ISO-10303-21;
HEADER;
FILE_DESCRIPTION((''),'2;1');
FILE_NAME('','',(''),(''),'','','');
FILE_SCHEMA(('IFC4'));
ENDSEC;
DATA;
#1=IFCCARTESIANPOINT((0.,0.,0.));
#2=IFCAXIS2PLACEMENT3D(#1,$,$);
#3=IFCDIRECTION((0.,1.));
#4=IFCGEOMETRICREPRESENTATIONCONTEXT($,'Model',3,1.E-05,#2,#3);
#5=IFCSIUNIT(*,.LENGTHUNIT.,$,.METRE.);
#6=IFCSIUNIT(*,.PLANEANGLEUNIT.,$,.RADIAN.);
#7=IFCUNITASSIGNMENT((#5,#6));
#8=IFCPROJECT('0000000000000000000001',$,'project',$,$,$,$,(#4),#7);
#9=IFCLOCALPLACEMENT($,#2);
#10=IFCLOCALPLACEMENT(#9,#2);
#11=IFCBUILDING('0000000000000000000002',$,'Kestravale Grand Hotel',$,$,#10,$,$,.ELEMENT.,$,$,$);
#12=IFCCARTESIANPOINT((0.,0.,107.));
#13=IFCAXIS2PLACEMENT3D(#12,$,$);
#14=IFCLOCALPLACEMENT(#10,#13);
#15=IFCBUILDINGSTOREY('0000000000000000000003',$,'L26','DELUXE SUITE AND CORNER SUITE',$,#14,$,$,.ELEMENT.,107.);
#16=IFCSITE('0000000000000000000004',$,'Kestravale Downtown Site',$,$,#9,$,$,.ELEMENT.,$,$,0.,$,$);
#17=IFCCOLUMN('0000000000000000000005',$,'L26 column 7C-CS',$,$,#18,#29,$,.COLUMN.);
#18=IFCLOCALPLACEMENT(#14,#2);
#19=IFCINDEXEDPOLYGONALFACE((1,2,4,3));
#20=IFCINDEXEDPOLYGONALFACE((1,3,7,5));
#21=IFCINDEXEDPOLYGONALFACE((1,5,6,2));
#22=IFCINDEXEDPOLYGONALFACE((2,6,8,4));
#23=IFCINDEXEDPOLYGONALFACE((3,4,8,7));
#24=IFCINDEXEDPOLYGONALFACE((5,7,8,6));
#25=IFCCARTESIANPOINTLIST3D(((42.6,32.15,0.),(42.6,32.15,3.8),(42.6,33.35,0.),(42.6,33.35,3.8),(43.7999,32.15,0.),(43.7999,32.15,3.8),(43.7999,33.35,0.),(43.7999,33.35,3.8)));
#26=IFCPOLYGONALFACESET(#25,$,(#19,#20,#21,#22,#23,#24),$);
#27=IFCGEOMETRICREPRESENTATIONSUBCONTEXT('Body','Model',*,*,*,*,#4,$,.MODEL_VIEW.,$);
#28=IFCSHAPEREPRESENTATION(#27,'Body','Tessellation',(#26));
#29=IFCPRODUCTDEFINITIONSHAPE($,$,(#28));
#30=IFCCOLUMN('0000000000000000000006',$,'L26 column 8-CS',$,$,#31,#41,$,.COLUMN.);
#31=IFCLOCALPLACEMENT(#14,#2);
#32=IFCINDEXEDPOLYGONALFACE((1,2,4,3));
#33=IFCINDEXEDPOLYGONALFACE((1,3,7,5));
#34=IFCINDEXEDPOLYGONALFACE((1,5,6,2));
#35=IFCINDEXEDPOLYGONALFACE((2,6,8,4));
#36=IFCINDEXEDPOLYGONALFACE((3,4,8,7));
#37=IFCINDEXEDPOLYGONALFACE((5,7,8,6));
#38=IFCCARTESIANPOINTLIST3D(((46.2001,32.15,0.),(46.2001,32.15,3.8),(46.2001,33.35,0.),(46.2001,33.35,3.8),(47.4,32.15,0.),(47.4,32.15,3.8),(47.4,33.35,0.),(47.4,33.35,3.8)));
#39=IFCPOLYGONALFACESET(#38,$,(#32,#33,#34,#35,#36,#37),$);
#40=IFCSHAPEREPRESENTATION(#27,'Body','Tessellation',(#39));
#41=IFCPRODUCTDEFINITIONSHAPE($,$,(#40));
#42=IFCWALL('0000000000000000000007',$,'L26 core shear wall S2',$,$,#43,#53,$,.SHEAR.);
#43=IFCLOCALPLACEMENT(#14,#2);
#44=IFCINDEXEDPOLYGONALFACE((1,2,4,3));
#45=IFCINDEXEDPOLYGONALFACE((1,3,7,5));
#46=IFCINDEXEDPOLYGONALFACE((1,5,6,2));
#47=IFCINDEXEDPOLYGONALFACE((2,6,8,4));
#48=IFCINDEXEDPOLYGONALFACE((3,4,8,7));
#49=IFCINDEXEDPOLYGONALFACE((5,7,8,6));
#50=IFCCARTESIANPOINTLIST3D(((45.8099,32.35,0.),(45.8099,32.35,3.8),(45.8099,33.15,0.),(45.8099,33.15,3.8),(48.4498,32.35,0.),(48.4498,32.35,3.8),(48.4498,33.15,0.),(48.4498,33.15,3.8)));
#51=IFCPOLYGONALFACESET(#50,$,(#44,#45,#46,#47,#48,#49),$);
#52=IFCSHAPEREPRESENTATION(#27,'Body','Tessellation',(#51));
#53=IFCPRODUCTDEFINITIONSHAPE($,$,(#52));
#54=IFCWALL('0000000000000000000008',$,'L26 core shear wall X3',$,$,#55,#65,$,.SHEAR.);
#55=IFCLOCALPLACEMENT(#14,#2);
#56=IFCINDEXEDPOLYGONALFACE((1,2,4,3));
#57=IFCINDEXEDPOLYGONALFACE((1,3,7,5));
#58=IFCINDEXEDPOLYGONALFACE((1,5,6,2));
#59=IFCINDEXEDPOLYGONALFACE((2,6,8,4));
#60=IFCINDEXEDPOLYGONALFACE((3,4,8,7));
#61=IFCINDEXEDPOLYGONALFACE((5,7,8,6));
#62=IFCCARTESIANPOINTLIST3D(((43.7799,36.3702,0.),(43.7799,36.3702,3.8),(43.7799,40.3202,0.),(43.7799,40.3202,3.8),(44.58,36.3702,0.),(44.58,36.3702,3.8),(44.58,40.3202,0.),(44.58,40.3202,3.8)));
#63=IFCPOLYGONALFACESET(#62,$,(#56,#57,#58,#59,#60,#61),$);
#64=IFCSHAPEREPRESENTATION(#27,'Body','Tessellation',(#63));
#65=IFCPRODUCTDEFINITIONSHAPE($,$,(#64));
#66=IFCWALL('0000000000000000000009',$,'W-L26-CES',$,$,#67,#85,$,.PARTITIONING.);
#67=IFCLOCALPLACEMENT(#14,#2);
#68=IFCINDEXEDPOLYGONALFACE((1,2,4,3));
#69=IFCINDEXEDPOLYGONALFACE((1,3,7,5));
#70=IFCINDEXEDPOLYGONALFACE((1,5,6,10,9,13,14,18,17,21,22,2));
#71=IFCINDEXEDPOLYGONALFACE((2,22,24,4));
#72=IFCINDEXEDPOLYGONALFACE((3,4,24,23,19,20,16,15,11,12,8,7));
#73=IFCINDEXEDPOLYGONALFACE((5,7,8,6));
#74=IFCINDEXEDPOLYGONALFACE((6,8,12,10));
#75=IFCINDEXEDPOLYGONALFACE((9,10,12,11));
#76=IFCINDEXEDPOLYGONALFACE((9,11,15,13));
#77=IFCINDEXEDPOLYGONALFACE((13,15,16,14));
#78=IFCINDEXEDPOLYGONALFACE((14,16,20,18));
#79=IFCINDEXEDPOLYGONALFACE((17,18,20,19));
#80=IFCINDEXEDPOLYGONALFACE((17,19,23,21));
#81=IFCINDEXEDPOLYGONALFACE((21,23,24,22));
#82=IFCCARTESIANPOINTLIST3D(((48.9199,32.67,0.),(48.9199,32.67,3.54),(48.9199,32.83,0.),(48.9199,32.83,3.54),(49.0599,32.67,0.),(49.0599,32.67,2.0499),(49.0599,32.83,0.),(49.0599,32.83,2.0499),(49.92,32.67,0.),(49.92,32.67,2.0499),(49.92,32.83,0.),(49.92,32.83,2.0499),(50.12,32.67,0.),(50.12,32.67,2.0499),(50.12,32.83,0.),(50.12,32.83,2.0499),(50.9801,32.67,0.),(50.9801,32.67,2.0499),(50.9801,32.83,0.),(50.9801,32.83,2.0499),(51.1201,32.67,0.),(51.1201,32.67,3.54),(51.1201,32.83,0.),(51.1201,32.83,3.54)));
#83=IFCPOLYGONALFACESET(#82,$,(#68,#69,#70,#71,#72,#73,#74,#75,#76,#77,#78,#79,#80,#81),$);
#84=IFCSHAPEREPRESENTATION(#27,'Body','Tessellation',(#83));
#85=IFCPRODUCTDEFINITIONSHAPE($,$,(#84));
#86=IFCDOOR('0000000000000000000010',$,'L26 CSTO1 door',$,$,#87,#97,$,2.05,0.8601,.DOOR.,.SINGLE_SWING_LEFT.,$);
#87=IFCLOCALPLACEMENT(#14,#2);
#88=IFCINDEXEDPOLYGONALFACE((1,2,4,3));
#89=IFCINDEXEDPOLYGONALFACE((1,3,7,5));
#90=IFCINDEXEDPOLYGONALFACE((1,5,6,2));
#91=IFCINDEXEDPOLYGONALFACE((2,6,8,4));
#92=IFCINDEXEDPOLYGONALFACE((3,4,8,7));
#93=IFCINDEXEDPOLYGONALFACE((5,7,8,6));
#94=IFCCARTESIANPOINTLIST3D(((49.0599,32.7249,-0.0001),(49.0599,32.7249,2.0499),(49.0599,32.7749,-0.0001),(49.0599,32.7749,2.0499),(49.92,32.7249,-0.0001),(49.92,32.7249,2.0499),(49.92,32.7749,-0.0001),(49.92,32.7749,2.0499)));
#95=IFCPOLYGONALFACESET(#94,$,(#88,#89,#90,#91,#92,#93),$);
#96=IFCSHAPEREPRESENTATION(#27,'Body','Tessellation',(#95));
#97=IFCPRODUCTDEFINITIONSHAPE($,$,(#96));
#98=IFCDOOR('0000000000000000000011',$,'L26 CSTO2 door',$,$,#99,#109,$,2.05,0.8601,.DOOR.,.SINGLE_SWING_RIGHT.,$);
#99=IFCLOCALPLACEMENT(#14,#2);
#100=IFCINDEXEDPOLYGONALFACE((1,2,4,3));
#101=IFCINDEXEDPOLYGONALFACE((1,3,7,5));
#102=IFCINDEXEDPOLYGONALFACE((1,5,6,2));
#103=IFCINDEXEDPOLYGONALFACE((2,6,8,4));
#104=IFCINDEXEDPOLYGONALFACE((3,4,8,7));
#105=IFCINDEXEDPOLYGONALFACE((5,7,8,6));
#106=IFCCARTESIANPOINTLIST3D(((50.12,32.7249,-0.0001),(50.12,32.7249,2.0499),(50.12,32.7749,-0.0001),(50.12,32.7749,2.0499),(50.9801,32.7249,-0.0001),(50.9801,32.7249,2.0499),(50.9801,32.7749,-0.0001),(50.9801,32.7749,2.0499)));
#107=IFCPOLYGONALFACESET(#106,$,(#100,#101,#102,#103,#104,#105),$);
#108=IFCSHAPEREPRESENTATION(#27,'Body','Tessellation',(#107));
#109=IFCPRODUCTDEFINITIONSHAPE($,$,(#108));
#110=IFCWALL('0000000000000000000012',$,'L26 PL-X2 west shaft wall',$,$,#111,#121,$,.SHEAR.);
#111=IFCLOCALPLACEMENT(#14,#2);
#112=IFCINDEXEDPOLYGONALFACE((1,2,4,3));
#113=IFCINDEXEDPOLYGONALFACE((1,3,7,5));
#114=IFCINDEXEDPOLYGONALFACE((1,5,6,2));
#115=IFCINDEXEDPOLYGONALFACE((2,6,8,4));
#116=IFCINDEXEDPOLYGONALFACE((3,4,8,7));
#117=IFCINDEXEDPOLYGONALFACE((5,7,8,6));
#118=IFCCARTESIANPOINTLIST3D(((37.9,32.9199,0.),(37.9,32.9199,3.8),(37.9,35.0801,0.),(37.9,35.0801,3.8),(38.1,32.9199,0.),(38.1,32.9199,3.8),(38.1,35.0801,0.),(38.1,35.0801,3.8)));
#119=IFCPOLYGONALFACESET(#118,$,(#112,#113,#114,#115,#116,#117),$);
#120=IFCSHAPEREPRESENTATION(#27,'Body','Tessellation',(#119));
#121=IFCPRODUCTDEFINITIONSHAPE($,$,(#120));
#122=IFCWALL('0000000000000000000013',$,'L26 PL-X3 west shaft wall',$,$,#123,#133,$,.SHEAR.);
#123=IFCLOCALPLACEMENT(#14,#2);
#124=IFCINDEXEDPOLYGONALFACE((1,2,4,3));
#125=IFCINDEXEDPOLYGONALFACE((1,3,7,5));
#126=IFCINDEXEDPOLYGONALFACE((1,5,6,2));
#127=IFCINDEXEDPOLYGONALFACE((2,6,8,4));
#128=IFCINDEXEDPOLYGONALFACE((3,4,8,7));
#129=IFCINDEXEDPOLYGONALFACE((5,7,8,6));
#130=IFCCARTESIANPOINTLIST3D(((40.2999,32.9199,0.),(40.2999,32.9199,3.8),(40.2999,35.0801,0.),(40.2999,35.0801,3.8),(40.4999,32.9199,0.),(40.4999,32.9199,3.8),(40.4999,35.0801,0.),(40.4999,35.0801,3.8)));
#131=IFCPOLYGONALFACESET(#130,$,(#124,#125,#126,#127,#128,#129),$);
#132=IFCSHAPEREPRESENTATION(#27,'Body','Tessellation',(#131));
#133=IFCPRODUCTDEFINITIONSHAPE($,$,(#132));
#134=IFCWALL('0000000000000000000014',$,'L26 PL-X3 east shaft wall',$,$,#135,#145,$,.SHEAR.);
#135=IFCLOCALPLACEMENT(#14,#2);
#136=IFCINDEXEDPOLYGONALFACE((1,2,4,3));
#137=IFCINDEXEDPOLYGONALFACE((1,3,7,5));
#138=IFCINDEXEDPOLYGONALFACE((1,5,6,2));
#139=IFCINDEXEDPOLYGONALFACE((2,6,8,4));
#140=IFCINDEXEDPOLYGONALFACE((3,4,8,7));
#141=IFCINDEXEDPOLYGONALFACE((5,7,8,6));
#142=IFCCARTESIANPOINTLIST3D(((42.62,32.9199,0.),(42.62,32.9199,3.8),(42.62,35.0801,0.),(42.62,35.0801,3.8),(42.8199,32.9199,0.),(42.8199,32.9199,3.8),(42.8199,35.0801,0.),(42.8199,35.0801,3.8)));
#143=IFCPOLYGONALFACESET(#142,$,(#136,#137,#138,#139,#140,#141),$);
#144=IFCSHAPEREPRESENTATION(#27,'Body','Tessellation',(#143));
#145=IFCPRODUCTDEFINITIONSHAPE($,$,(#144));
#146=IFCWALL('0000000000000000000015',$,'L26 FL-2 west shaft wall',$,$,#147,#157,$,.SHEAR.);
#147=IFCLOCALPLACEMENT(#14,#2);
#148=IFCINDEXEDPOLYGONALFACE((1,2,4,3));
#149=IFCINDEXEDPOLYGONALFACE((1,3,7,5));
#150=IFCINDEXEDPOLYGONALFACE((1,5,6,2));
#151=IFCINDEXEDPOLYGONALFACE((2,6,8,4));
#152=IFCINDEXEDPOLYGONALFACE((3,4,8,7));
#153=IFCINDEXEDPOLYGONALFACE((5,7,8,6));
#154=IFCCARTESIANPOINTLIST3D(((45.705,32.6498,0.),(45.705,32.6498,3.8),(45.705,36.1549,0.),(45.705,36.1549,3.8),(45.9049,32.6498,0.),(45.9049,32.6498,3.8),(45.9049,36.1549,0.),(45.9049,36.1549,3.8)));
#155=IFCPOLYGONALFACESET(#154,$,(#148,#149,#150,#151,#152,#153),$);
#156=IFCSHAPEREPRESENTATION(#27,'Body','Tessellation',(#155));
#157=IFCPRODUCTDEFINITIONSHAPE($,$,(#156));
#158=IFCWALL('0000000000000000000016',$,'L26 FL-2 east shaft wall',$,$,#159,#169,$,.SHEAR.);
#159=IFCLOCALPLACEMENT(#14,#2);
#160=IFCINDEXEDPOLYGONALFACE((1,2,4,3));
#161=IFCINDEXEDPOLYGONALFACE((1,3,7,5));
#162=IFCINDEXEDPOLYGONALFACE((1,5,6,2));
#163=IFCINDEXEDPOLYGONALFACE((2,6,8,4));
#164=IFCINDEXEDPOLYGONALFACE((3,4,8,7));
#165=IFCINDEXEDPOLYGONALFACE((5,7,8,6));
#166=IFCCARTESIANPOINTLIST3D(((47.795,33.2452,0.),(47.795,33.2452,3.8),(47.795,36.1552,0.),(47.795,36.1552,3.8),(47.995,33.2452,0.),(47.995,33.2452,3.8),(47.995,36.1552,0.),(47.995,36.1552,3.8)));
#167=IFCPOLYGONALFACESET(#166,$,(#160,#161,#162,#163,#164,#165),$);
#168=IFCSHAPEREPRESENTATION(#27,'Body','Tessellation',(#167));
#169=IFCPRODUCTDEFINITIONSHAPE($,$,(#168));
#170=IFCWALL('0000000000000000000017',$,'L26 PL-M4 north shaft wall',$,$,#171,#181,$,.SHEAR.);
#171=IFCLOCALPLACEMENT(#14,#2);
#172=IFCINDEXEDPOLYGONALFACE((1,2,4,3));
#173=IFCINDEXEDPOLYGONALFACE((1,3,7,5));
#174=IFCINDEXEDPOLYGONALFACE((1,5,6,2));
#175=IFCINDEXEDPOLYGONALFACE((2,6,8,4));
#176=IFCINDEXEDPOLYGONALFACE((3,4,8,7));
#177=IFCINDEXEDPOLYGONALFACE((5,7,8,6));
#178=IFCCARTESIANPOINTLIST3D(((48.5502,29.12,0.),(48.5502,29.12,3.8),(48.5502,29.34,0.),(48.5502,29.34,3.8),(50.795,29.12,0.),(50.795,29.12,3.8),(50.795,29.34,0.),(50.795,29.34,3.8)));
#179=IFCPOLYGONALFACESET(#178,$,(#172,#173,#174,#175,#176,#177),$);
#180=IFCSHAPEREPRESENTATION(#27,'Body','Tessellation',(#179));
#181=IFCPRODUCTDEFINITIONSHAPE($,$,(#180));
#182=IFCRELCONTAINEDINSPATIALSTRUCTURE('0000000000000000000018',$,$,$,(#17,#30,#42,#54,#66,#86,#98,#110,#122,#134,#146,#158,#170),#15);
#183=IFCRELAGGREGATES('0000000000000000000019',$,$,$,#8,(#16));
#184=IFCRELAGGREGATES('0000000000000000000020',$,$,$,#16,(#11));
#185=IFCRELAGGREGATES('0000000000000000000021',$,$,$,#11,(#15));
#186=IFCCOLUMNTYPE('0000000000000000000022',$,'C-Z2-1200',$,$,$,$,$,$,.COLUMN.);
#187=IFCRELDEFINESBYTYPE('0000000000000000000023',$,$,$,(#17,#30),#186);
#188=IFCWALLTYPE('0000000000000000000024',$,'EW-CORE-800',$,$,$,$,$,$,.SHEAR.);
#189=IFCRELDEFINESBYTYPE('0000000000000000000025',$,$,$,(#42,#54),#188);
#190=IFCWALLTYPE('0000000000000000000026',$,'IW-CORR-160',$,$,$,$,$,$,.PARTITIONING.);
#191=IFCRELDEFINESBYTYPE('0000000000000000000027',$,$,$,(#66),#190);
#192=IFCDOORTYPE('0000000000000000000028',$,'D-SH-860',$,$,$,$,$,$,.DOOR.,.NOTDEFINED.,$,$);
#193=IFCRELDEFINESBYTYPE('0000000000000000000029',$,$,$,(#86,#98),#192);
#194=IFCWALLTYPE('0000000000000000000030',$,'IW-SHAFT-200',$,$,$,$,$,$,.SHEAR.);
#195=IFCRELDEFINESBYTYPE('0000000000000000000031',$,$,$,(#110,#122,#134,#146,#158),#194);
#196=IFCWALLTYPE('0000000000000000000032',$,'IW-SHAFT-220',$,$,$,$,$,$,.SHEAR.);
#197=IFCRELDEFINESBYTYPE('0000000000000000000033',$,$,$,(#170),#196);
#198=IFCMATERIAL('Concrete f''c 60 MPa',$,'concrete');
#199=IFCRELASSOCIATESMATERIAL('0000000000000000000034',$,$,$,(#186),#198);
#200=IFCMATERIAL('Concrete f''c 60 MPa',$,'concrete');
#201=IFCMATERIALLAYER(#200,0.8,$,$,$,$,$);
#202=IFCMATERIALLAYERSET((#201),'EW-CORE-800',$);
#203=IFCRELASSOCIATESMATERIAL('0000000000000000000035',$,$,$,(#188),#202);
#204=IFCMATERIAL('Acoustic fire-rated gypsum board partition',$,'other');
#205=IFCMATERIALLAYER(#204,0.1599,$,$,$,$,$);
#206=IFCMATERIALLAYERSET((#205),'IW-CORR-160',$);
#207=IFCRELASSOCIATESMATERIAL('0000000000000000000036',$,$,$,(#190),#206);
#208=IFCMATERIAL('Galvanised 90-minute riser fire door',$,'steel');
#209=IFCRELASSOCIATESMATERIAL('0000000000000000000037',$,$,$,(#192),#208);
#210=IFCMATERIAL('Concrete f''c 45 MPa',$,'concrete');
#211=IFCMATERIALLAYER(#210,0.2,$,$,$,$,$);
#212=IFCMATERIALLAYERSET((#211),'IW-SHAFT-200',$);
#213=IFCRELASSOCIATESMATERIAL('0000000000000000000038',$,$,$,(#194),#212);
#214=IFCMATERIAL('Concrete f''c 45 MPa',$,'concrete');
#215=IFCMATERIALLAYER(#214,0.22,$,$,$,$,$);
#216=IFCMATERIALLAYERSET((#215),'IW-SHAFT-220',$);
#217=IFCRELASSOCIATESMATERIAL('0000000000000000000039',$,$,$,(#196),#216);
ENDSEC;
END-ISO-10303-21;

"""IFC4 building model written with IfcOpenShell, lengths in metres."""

from ifc_helpers import new_model, si_unit, direction, frame, frame_2d, origin, origin_2d, place, context, subcontext, project, spatial, rectangle, extrude, material, layer, layer_set, material_profile, profile_set, type_object, element, fill, save


model = new_model("IFC4")

# Units and contexts
model_context = context("Model", 3, precision=1e-05, world=origin(), true_north=direction((0.0, 1.0)))
body_context = subcontext(model_context, "Body", "Model", "MODEL_VIEW")
ifc_project = project(units=[si_unit("LENGTHUNIT", "METRE"), si_unit("PLANEANGLEUNIT", "RADIAN")], contexts=[model_context])

# Site, building, storey
site_placement = place(None, origin())
site = spatial("IfcSite", under=ifc_project, at=site_placement, Name="Kestravale Downtown Site", CompositionType="ELEMENT", RefElevation=0.0)
building_placement = place(site_placement, origin())
building = spatial("IfcBuilding", under=site, at=building_placement, Name="Kestravale Grand Hotel", CompositionType="ELEMENT")
storey_placement = place(building_placement, frame((0.0, 0.0, 107.0)))
storey = spatial("IfcBuildingStorey", under=building, at=storey_placement, Name="L26", Description="DELUXE SUITE AND CORNER SUITE", CompositionType="ELEMENT", Elevation=107.0)

# Columns
ifc_material_1 = material(Name="Concrete f'c 60 MPa", Category="concrete")
ifc_material_profile = material_profile(ifc_material_1, rectangle(XDim=1.2, YDim=1.2, at=origin_2d()))
ifc_profile_set = profile_set([ifc_material_profile], Name="Concrete f'c 60 MPa")
column_type = type_object("IfcColumnType", Name="C-Z2-1200", PredefinedType="COLUMN", material=ifc_profile_set)
for number, where, z_axis, x_axis, name in (
    (1, (43.2, 32.75, 0.0), (0.0, 0.0, 1.0), (1.0, 0.0, 0.0), "L26 column 7C-CS"),
    (2, (46.8, 32.75, 0.0), (0.0, 0.0, 1.0), (1.0, 0.0, 0.0), "L26 column 8-CS"),
):
    element("IfcColumn", number, at=place(storey_placement, frame(where, z_axis=z_axis, x_axis=x_axis)), inside=storey, type_object=column_type, Name=name, PredefinedType="COLUMN", context=body_context, shape_type="SweptSolid", body=[
        extrude(rectangle(XDim=1.2, YDim=1.2, at=origin_2d()), origin(), (0.0, 0.0, 1.0), 3.8),
    ])

# Walls
ifc_material_2 = material(Name="Concrete f'c 60 MPa", Category="concrete")
ifc_layer_1 = layer(ifc_material_2, 0.8)
ifc_layer_set_1 = layer_set([ifc_layer_1], Name="EW-CORE-800")
wall_type_1 = type_object("IfcWallType", Name="EW-CORE-800", PredefinedType="SHEAR", material=ifc_layer_set_1)
wall_1_placement = place(storey_placement, frame((45.8101, 32.75, 0.0), z_axis=(0.0, 0.0, 1.0), x_axis=(1.0, 0.0, 0.0)))
element("IfcWall", 3, at=wall_1_placement, inside=storey, type_object=wall_type_1, Name="L26 core shear wall S2", PredefinedType="SHEAR", context=body_context, shape_type="SweptSolid", body=[
    extrude(rectangle(XDim=2.6399, YDim=0.8, at=frame_2d((1.3198, 0.0))), origin(), (0.0, 0.0, 1.0), 3.8),
])
wall_2_placement = place(storey_placement, frame((44.1799, 36.3701, 0.0), z_axis=(0.0, 0.0, 1.0), x_axis=(0.0, 1.0, 0.0)))
element("IfcWall", 4, at=wall_2_placement, inside=storey, type_object=wall_type_1, Name="L26 core shear wall X3", PredefinedType="SHEAR", context=body_context, shape_type="SweptSolid", body=[
    extrude(rectangle(XDim=3.95, YDim=0.8, at=frame_2d((1.9751, 0.0))), origin(), (0.0, 0.0, 1.0), 3.8),
])

# Wall, openings, doors
ifc_material_3 = material(Name="Acoustic fire-rated gypsum board partition", Category="other")
ifc_layer_2 = layer(ifc_material_3, 0.1599)
ifc_layer_set_2 = layer_set([ifc_layer_2], Name="IW-CORR-160")
wall_type_2 = type_object("IfcWallType", Name="IW-CORR-160", PredefinedType="PARTITIONING", material=ifc_layer_set_2)
wall_3_placement = place(storey_placement, frame((48.9199, 32.75, 0.0), z_axis=(0.0, 0.0, 1.0), x_axis=(1.0, 0.0, 0.0)))
wall_3 = element("IfcWall", 5, at=wall_3_placement, inside=storey, type_object=wall_type_2, Name="W-L26-CES", PredefinedType="PARTITIONING", context=body_context, shape_type="SweptSolid", body=[
    extrude(rectangle(XDim=2.2002, YDim=0.1599, at=frame_2d((1.1001, 0.0))), origin(), (0.0, 0.0, 1.0), 3.54),
])
opening_1_placement = place(wall_3_placement, frame((0.1399, 0.0, 0.0)))
opening_1 = element("IfcOpeningElement", 6, at=opening_1_placement, cuts=wall_3, PredefinedType="OPENING", context=body_context, shape_type="SweptSolid", body=[
    extrude(rectangle(XDim=0.8601, YDim=2.05, at=frame_2d((0.4302, 1.0249))), frame((0.0, 0.0898, 0.0), z_axis=(0.0, -1.0, 0.0), x_axis=(1.0, 0.0, 0.0)), (0.0, 0.0, 1.0), 0.1799),
])
opening_2_placement = place(wall_3_placement, frame((1.2, 0.0, 0.0)))
opening_2 = element("IfcOpeningElement", 7, at=opening_2_placement, cuts=wall_3, PredefinedType="OPENING", context=body_context, shape_type="SweptSolid", body=[
    extrude(rectangle(XDim=0.8601, YDim=2.05, at=frame_2d((0.4302, 1.0249))), frame((0.0, 0.0898, 0.0), z_axis=(0.0, -1.0, 0.0), x_axis=(1.0, 0.0, 0.0)), (0.0, 0.0, 1.0), 0.1799),
])
ifc_material_4 = material(Name="Galvanised 90-minute riser fire door", Category="steel")
door_type_1 = type_object("IfcDoorType", Name="D-SH-860", OperationType="NOTDEFINED", PredefinedType="DOOR", material=ifc_material_4)
door_1_placement = place(opening_1_placement, origin())
door_1 = element("IfcDoor", 8, at=door_1_placement, inside=storey, type_object=door_type_1, Name="L26 CSTO1 door", OperationType="SINGLE_SWING_LEFT", OverallHeight=2.05, OverallWidth=0.8601, PredefinedType="DOOR", context=body_context, shape_type="SweptSolid", body=[
    extrude(rectangle(XDim=0.8601, YDim=2.05, at=frame_2d((0.4302, 1.0249))), frame((0.0, 0.0249, 0.0), z_axis=(0.0, -1.0, 0.0), x_axis=(1.0, 0.0, 0.0)), (0.0, 0.0, 1.0), 0.05),
])
fill(opening_1, door_1)
door_2_placement = place(opening_2_placement, origin())
door_2 = element("IfcDoor", 9, at=door_2_placement, inside=storey, type_object=door_type_1, Name="L26 CSTO2 door", OperationType="SINGLE_SWING_RIGHT", OverallHeight=2.05, OverallWidth=0.8601, PredefinedType="DOOR", context=body_context, shape_type="SweptSolid", body=[
    extrude(rectangle(XDim=0.8601, YDim=2.05, at=frame_2d((0.4302, 1.0249))), frame((0.0, 0.0249, 0.0), z_axis=(0.0, -1.0, 0.0), x_axis=(1.0, 0.0, 0.0)), (0.0, 0.0, 1.0), 0.05),
])
fill(opening_2, door_2)

# Walls
ifc_material_5 = material(Name="Concrete f'c 45 MPa", Category="concrete")
ifc_layer_3 = layer(ifc_material_5, 0.2)
ifc_layer_set_3 = layer_set([ifc_layer_3], Name="IW-SHAFT-200")
wall_type_3 = type_object("IfcWallType", Name="IW-SHAFT-200", PredefinedType="SHEAR", material=ifc_layer_set_3)
for number, where, z_axis, x_axis, name in (
    (10, (38.0, 32.9199, 0.0), (0.0, 0.0, 1.0), (0.0, 1.0, 0.0), "L26 PL-X2 west shaft wall"),
    (11, (40.3999, 32.9199, 0.0), (0.0, 0.0, 1.0), (0.0, 1.0, 0.0), "L26 PL-X3 west shaft wall"),
    (12, (42.72, 32.9199, 0.0), (0.0, 0.0, 1.0), (0.0, 1.0, 0.0), "L26 PL-X3 east shaft wall"),
):
    element("IfcWall", number, at=place(storey_placement, frame(where, z_axis=z_axis, x_axis=x_axis)), inside=storey, type_object=wall_type_3, Name=name, PredefinedType="SHEAR", context=body_context, shape_type="SweptSolid", body=[
        extrude(rectangle(XDim=2.1602, YDim=0.2, at=frame_2d((1.0801, 0.0))), origin(), (0.0, 0.0, 1.0), 3.8),
    ])
wall_4_placement = place(storey_placement, frame((45.8049, 32.6499, 0.0), z_axis=(0.0, 0.0, 1.0), x_axis=(0.0, 1.0, 0.0)))
element("IfcWall", 13, at=wall_4_placement, inside=storey, type_object=wall_type_3, Name="L26 FL-2 west shaft wall", PredefinedType="SHEAR", context=body_context, shape_type="SweptSolid", body=[
    extrude(rectangle(XDim=3.5051, YDim=0.2, at=frame_2d((1.7524, 0.0))), origin(), (0.0, 0.0, 1.0), 3.8),
])
wall_5_placement = place(storey_placement, frame((47.895, 33.2451, 0.0), z_axis=(0.0, 0.0, 1.0), x_axis=(0.0, 1.0, 0.0)))
element("IfcWall", 14, at=wall_5_placement, inside=storey, type_object=wall_type_3, Name="L26 FL-2 east shaft wall", PredefinedType="SHEAR", context=body_context, shape_type="SweptSolid", body=[
    extrude(rectangle(XDim=2.9099, YDim=0.2, at=frame_2d((1.4551, 0.0))), origin(), (0.0, 0.0, 1.0), 3.8),
])
ifc_material_6 = material(Name="Concrete f'c 45 MPa", Category="concrete")
ifc_layer_4 = layer(ifc_material_6, 0.22)
ifc_layer_set_4 = layer_set([ifc_layer_4], Name="IW-SHAFT-220")
wall_type_4 = type_object("IfcWallType", Name="IW-SHAFT-220", PredefinedType="SHEAR", material=ifc_layer_set_4)
wall_6_placement = place(storey_placement, frame((48.55, 29.23, 0.0), z_axis=(0.0, 0.0, 1.0), x_axis=(1.0, 0.0, 0.0)))
element("IfcWall", 15, at=wall_6_placement, inside=storey, type_object=wall_type_4, Name="L26 PL-M4 north shaft wall", PredefinedType="SHEAR", context=body_context, shape_type="SweptSolid", body=[
    extrude(rectangle(XDim=2.2449, YDim=0.22, at=frame_2d((1.1226, 0.0))), origin(), (0.0, 0.0, 1.0), 3.8),
])

save(model, "model.ifc")
